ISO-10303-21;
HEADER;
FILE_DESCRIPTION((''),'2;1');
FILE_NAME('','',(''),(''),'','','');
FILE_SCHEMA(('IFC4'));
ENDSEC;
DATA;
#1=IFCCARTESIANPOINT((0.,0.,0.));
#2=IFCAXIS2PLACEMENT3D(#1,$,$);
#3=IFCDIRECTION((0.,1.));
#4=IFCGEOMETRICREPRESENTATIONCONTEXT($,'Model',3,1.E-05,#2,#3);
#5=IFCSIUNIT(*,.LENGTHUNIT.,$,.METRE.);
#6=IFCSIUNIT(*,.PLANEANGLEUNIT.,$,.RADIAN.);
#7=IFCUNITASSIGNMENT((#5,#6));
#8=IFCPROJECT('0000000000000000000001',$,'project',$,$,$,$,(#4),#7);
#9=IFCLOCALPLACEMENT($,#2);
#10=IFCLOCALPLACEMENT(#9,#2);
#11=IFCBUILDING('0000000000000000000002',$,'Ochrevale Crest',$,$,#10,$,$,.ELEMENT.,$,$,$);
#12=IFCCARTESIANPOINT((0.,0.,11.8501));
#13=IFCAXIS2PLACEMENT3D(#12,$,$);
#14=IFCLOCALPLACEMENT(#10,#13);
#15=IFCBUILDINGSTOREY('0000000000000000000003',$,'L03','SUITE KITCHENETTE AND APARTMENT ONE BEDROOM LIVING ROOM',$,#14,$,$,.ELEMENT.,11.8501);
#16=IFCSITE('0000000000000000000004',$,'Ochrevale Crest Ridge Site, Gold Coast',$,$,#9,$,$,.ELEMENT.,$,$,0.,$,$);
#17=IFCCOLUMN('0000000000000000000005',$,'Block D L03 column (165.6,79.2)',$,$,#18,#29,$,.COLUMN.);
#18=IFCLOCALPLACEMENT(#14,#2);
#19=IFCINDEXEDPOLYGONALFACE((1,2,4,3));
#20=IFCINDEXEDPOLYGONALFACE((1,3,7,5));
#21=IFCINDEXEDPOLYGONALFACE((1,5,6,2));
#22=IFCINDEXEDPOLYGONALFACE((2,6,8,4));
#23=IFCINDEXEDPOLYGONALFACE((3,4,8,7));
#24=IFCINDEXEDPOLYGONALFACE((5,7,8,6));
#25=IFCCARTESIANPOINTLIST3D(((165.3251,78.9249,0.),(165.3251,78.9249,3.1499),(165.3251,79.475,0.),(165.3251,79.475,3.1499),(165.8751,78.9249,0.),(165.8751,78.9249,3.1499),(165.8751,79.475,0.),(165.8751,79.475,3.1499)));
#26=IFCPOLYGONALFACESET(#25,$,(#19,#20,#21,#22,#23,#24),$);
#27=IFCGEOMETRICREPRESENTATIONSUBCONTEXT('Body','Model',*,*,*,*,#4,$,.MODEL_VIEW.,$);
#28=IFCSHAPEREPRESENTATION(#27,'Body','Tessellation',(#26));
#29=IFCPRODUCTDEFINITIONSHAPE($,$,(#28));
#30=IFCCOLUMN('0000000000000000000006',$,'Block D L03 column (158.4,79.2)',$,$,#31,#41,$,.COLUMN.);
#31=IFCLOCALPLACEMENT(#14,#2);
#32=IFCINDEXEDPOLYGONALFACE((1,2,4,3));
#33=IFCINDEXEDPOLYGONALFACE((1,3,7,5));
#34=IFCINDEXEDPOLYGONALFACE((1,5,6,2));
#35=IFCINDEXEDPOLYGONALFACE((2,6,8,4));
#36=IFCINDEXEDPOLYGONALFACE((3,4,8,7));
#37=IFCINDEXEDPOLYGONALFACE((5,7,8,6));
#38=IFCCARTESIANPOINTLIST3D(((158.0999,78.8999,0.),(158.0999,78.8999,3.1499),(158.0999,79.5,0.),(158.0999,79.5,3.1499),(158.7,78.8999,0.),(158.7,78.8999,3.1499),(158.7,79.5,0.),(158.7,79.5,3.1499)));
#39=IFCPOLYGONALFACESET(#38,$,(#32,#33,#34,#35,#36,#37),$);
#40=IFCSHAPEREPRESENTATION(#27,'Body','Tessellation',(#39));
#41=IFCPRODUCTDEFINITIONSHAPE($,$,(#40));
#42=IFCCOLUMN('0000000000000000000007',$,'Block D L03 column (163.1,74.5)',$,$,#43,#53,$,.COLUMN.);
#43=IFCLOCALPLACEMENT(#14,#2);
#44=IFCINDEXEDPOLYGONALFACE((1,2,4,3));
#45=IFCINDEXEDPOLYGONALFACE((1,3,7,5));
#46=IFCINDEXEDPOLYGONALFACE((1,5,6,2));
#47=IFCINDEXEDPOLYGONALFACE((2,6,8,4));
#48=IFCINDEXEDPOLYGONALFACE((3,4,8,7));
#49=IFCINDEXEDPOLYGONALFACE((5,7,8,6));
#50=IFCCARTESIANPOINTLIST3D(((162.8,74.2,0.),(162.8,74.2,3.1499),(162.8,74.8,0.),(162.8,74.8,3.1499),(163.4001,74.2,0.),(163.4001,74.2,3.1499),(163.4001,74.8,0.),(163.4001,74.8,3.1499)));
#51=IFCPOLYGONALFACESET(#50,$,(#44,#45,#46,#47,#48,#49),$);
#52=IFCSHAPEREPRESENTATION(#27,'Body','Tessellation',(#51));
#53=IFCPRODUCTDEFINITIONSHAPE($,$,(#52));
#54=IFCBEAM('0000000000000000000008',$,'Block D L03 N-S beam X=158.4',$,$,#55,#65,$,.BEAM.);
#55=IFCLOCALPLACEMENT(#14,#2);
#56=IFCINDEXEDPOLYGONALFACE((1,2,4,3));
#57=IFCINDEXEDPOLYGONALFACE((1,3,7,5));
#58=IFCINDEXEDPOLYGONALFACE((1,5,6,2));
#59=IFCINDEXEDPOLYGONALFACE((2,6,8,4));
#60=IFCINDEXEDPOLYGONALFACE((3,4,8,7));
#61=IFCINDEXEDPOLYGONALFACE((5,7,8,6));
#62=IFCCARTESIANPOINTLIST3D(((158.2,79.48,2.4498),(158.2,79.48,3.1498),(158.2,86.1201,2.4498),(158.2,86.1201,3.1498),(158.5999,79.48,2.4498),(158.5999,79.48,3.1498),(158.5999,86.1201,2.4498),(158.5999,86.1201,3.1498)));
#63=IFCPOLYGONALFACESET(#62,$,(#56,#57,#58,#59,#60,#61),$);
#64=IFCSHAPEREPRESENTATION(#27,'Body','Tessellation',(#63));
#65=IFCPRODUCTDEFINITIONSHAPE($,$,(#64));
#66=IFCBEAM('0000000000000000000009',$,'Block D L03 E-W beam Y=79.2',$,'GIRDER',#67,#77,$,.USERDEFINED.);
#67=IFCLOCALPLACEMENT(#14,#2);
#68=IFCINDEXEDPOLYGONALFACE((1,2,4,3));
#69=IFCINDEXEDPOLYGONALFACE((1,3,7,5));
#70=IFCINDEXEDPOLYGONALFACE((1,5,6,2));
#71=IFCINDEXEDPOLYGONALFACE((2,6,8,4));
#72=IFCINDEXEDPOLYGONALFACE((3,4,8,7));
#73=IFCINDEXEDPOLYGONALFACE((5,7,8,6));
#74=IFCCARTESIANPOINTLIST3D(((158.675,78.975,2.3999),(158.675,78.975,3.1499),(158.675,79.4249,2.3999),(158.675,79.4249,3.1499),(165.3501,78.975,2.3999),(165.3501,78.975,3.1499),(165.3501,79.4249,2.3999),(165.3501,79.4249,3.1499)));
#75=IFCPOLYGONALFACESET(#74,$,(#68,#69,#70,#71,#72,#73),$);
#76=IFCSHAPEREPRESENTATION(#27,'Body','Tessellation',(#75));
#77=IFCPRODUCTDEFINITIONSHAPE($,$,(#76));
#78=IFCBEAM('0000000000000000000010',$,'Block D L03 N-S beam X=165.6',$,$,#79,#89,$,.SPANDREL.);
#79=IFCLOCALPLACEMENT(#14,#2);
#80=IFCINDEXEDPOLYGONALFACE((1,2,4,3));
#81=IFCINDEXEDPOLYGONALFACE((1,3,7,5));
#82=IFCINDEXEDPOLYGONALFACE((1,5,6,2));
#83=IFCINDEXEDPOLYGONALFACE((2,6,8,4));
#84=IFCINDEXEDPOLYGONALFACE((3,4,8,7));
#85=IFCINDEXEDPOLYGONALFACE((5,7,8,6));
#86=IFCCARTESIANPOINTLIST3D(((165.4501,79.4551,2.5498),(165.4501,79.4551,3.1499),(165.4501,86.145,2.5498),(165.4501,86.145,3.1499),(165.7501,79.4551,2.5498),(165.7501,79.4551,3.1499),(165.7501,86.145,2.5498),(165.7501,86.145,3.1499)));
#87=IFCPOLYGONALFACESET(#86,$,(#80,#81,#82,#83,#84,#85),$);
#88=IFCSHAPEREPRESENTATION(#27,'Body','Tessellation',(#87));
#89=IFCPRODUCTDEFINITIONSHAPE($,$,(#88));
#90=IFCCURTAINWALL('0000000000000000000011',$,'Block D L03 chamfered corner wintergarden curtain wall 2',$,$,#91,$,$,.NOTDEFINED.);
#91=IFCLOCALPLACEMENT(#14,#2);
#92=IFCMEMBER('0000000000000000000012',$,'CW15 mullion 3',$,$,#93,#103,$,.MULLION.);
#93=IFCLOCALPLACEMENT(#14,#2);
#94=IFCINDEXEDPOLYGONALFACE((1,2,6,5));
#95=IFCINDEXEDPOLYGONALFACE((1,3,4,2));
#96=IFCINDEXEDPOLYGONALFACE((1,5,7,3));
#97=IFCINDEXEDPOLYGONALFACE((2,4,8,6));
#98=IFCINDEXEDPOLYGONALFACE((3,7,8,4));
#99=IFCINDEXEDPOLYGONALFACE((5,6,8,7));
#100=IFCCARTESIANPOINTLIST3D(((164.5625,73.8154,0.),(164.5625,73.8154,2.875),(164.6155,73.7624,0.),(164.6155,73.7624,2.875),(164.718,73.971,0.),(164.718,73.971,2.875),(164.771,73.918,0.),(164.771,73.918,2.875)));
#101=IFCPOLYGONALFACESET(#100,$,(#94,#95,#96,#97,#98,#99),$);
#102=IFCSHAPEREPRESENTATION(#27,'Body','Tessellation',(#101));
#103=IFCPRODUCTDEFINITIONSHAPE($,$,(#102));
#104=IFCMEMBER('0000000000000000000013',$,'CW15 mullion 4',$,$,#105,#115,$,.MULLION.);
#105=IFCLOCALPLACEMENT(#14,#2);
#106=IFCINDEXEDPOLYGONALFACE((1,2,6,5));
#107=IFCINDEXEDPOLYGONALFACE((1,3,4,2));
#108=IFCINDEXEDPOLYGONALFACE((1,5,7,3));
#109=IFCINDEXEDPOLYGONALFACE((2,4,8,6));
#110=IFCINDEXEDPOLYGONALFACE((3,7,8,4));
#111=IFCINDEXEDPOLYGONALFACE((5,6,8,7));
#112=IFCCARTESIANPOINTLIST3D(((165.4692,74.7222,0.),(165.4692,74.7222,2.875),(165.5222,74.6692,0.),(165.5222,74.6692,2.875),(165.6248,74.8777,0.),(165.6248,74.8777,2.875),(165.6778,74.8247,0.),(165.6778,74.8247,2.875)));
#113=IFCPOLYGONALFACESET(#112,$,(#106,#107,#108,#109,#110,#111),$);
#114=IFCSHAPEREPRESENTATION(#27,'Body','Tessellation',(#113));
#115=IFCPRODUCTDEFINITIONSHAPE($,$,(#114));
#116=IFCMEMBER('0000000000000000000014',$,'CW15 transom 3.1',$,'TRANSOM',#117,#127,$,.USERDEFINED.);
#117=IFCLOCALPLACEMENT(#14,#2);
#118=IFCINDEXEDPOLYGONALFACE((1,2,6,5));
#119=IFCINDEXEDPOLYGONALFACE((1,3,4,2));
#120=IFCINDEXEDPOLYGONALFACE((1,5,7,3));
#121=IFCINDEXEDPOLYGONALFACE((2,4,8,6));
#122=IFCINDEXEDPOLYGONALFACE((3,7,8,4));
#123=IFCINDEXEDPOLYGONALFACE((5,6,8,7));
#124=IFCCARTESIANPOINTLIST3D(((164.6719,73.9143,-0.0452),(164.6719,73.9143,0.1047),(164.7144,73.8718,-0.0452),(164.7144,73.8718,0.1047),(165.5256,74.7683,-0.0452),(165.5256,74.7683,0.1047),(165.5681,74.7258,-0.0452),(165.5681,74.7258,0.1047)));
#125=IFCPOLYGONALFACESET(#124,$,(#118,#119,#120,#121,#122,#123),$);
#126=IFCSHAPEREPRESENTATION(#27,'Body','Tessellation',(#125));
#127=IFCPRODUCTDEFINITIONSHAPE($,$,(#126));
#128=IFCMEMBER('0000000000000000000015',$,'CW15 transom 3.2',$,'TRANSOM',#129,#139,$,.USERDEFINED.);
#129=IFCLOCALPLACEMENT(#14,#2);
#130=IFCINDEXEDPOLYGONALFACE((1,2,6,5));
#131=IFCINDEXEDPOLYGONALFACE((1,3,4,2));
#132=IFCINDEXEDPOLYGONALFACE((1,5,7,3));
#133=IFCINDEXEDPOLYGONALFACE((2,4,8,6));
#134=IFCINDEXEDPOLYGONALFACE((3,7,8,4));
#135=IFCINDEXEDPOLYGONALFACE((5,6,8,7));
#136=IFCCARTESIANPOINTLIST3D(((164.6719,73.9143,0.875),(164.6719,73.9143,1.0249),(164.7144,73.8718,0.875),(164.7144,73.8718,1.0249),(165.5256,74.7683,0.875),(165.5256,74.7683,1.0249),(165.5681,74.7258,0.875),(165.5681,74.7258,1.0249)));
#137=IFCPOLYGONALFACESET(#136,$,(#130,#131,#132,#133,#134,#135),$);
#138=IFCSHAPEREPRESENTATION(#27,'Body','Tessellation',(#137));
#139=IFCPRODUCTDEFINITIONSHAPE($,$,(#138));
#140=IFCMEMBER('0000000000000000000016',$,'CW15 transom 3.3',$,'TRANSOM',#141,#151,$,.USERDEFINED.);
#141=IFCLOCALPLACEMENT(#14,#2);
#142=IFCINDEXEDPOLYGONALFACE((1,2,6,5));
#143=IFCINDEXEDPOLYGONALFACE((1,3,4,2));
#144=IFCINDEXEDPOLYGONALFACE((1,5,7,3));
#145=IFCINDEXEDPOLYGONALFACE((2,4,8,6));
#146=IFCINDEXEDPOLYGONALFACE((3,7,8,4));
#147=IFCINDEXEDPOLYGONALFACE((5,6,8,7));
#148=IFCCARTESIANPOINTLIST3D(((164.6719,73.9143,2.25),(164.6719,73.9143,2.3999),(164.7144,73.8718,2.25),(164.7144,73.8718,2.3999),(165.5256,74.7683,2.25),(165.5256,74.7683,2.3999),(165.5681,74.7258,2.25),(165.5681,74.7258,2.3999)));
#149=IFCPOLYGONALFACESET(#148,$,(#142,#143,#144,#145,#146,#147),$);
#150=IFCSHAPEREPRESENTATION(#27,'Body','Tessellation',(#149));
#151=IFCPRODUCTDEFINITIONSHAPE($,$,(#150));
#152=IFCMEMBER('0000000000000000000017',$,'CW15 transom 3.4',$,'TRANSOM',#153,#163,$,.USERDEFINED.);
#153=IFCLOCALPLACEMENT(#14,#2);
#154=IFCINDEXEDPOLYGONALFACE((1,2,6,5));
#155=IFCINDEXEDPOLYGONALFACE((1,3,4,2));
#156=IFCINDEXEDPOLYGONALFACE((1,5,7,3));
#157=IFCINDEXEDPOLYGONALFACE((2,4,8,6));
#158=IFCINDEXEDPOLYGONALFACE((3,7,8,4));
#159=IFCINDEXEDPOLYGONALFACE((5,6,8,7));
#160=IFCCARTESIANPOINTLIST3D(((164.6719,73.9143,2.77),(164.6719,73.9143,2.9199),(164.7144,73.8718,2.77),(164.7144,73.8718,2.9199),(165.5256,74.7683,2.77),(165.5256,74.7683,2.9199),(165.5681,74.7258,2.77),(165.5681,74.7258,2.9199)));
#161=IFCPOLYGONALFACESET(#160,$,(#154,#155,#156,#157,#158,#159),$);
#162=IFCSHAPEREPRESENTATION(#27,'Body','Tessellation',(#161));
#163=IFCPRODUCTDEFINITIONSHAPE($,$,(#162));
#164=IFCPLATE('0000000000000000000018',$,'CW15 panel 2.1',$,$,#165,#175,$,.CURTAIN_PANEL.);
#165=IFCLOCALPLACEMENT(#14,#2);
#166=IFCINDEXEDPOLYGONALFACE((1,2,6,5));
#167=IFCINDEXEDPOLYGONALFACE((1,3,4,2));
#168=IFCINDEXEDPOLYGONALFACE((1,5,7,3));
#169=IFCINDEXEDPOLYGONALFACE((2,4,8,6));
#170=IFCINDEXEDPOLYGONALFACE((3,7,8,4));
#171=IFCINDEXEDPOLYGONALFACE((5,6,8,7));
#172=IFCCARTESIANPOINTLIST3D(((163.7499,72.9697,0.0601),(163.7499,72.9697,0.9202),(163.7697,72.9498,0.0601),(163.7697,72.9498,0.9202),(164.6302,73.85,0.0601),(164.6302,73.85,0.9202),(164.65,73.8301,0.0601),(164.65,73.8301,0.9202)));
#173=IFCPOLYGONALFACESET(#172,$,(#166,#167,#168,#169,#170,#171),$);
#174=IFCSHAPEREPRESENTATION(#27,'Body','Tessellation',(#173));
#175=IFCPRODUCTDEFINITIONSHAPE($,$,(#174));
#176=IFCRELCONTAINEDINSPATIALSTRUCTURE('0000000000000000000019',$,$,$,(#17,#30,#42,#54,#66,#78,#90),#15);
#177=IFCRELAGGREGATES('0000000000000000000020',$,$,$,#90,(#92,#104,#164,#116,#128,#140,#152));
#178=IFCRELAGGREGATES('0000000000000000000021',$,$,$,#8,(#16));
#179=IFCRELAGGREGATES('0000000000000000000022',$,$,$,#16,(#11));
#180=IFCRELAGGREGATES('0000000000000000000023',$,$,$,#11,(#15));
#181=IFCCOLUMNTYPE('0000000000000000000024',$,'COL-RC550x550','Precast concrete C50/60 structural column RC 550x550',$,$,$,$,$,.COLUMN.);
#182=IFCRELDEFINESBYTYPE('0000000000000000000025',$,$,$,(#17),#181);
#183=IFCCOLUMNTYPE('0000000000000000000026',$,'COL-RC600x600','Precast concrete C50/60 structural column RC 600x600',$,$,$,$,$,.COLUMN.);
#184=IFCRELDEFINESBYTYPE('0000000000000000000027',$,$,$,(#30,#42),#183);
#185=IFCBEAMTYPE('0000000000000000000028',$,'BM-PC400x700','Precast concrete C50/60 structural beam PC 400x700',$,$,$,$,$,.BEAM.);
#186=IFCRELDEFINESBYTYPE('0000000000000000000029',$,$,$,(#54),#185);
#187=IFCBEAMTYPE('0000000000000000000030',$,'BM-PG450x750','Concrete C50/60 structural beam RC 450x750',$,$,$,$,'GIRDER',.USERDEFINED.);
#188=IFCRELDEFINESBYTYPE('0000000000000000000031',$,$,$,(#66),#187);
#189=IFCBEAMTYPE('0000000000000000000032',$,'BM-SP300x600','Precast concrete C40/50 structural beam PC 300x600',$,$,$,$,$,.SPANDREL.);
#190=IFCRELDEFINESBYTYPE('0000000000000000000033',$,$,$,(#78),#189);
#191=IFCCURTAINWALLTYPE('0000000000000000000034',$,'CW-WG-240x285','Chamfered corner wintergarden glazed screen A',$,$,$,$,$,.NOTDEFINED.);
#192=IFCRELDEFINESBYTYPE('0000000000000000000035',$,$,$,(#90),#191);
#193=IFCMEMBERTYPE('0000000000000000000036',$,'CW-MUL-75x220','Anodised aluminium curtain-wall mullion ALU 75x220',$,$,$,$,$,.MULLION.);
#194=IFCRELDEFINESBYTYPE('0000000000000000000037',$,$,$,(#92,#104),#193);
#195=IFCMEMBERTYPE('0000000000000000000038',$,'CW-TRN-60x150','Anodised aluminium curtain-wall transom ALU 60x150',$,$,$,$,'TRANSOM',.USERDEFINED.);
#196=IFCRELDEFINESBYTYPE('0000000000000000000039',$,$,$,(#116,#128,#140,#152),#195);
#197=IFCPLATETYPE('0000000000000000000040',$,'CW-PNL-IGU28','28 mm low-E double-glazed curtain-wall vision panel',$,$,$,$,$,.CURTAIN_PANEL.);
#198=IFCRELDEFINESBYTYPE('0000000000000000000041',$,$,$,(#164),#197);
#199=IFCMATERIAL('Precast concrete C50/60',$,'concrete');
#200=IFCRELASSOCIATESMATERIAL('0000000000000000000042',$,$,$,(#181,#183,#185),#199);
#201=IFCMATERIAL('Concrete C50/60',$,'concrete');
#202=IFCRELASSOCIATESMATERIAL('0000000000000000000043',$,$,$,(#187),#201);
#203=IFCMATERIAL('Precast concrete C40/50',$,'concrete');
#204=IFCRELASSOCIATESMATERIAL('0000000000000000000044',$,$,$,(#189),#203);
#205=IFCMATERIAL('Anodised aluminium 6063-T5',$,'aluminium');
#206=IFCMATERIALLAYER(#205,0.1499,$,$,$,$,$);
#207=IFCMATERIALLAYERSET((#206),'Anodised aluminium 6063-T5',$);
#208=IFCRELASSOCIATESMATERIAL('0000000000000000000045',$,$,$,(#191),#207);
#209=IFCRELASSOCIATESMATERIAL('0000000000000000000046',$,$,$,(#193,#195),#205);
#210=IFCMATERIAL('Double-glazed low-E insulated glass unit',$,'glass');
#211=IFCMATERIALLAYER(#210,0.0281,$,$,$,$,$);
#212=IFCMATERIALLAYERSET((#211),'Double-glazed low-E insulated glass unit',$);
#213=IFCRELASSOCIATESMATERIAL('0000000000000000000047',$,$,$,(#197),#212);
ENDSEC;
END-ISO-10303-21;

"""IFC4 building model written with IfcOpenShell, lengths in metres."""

from ifc_helpers import new_model, si_unit, direction, frame, origin, origin_2d, place, context, subcontext, project, spatial, rectangle, extrude, material, layer, layer_set, material_profile, profile_set, type_object, element, aggregate, save


model = new_model("IFC4")

# Units and contexts
model_context = context("Model", 3, precision=1e-05, world=origin(), true_north=direction((0.0, 1.0)))
body_context = subcontext(model_context, "Body", "Model", "MODEL_VIEW")
ifc_project = project(units=[si_unit("LENGTHUNIT", "METRE"), si_unit("PLANEANGLEUNIT", "RADIAN")], contexts=[model_context])

# Site, building, storey
site_placement = place(None, origin())
site = spatial("IfcSite", under=ifc_project, at=site_placement, Name="Ochrevale Crest Ridge Site, Gold Coast", CompositionType="ELEMENT", RefElevation=0.0)
building_placement = place(site_placement, origin())
building = spatial("IfcBuilding", under=site, at=building_placement, Name="Ochrevale Crest", CompositionType="ELEMENT")
storey_placement = place(building_placement, frame((0.0, 0.0, 11.8501)))
storey = spatial("IfcBuildingStorey", under=building, at=storey_placement, Name="L03", Description="SUITE KITCHENETTE AND APARTMENT ONE BEDROOM LIVING ROOM", CompositionType="ELEMENT", Elevation=11.8501)

# Columns
ifc_material_1 = material(Name="Precast concrete C50/60", Category="concrete")
ifc_material_profile_1 = material_profile(ifc_material_1, rectangle(XDim=0.55, YDim=0.55, at=origin_2d()), Name="RC 550x550")
ifc_profile_set_1 = profile_set([ifc_material_profile_1], Name="Precast concrete C50/60")
column_type_1 = type_object("IfcColumnType", Name="COL-RC550x550", Description="Precast concrete C50/60 structural column RC 550x550", PredefinedType="COLUMN", material=ifc_profile_set_1)
column_placement = place(storey_placement, frame((165.6001, 79.2, 0.0), z_axis=(0.0, 0.0, 1.0), x_axis=(1.0, 0.0, 0.0)))
element("IfcColumn", 1, at=column_placement, inside=storey, type_object=column_type_1, Name="Block D L03 column (165.6,79.2)", PredefinedType="COLUMN", context=body_context, shape_type="SweptSolid", body=[
    extrude(rectangle(XDim=0.55, YDim=0.55, at=origin_2d()), origin(), (0.0, 0.0, 1.0), 3.1499),
])
ifc_material_profile_2 = material_profile(ifc_material_1, rectangle(XDim=0.6001, YDim=0.6001, at=origin_2d()), Name="RC 600x600")
ifc_profile_set_2 = profile_set([ifc_material_profile_2], Name="Precast concrete C50/60")
column_type_2 = type_object("IfcColumnType", Name="COL-RC600x600", Description="Precast concrete C50/60 structural column RC 600x600", PredefinedType="COLUMN", material=ifc_profile_set_2)
for number, where, z_axis, x_axis, name in (
    (2, (158.3999, 79.2, 0.0), (0.0, 0.0, 1.0), (1.0, 0.0, 0.0), "Block D L03 column (158.4,79.2)"),
    (3, (163.1001, 74.5, 0.0), (0.0, 0.0, 1.0), (1.0, 0.0, 0.0), "Block D L03 column (163.1,74.5)"),
):
    element("IfcColumn", number, at=place(storey_placement, frame(where, z_axis=z_axis, x_axis=x_axis)), inside=storey, type_object=column_type_2, Name=name, PredefinedType="COLUMN", context=body_context, shape_type="SweptSolid", body=[
        extrude(rectangle(XDim=0.6001, YDim=0.6001, at=origin_2d()), origin(), (0.0, 0.0, 1.0), 3.1499),
    ])

# Beams
ifc_material_profile_3 = material_profile(ifc_material_1, rectangle(XDim=0.3999, YDim=0.7, at=origin_2d()), Name="PC 400x700")
ifc_profile_set_3 = profile_set([ifc_material_profile_3], Name="Precast concrete C50/60")
beam_type_1 = type_object("IfcBeamType", Name="BM-PC400x700", Description="Precast concrete C50/60 structural beam PC 400x700", PredefinedType="BEAM", material=ifc_profile_set_3)
beam_1_placement = place(storey_placement, frame((158.3999, 79.48, 2.7998), z_axis=(0.0, 1.0, 0.0), x_axis=(-1.0, 0.0, 0.0)))
element("IfcBeam", 4, at=beam_1_placement, inside=storey, type_object=beam_type_1, Name="Block D L03 N-S beam X=158.4", PredefinedType="BEAM", context=body_context, shape_type="SweptSolid", body=[
    extrude(rectangle(XDim=0.3999, YDim=0.7, at=origin_2d()), origin(), (0.0, 0.0, 1.0), 6.6401),
])
ifc_material_2 = material(Name="Concrete C50/60", Category="concrete")
ifc_material_profile_4 = material_profile(ifc_material_2, rectangle(XDim=0.45, YDim=0.75, at=origin_2d()), Name="RC 450x750")
ifc_profile_set_4 = profile_set([ifc_material_profile_4], Name="Concrete C50/60")
beam_type_2 = type_object("IfcBeamType", Name="BM-PG450x750", Description="Concrete C50/60 structural beam RC 450x750", ElementType="GIRDER", PredefinedType="USERDEFINED", material=ifc_profile_set_4)
beam_2_placement = place(storey_placement, frame((158.675, 79.2, 2.7749), z_axis=(1.0, 0.0, 0.0), x_axis=(0.0, 1.0, 0.0)))
element("IfcBeam", 5, at=beam_2_placement, inside=storey, type_object=beam_type_2, Name="Block D L03 E-W beam Y=79.2", ObjectType="GIRDER", PredefinedType="USERDEFINED", context=body_context, shape_type="SweptSolid", body=[
    extrude(rectangle(XDim=0.45, YDim=0.75, at=origin_2d()), origin(), (0.0, 0.0, 1.0), 6.675),
])
ifc_material_3 = material(Name="Precast concrete C40/50", Category="concrete")
ifc_material_profile_5 = material_profile(ifc_material_3, rectangle(XDim=0.3, YDim=0.6001, at=origin_2d()), Name="PC 300x600")
ifc_profile_set_5 = profile_set([ifc_material_profile_5], Name="Precast concrete C40/50")
beam_type_3 = type_object("IfcBeamType", Name="BM-SP300x600", Description="Precast concrete C40/50 structural beam PC 300x600", PredefinedType="SPANDREL", material=ifc_profile_set_5)
beam_3_placement = place(storey_placement, frame((165.6001, 79.4551, 2.8499), z_axis=(0.0, 1.0, 0.0), x_axis=(-1.0, 0.0, 0.0)))
element("IfcBeam", 6, at=beam_3_placement, inside=storey, type_object=beam_type_3, Name="Block D L03 N-S beam X=165.6", PredefinedType="SPANDREL", context=body_context, shape_type="SweptSolid", body=[
    extrude(rectangle(XDim=0.3, YDim=0.6001, at=origin_2d()), origin(), (0.0, 0.0, 1.0), 6.6899),
])

# Curtain wall, members, plate
ifc_material_4 = material(Name="Anodised aluminium 6063-T5", Category="aluminium")
ifc_layer_1 = layer(ifc_material_4, 0.1499)
ifc_layer_set_1 = layer_set([ifc_layer_1], Name="Anodised aluminium 6063-T5")
curtain_wall_type = type_object("IfcCurtainWallType", Name="CW-WG-240x285", Description="Chamfered corner wintergarden glazed screen A", PredefinedType="NOTDEFINED", material=ifc_layer_set_1)
curtain_wall_placement = place(storey_placement, origin())
curtain_wall = element("IfcCurtainWall", 7, at=curtain_wall_placement, inside=storey, type_object=curtain_wall_type, Name="Block D L03 chamfered corner wintergarden curtain wall 2", PredefinedType="NOTDEFINED")
ifc_material_profile_6 = material_profile(ifc_material_4, rectangle(XDim=0.075, YDim=0.22, at=origin_2d()), Name="ALU 75x220")
ifc_profile_set_6 = profile_set([ifc_material_profile_6], Name="Anodised aluminium 6063-T5")
member_type_1 = type_object("IfcMemberType", Name="CW-MUL-75x220", Description="Anodised aluminium curtain-wall mullion ALU 75x220", PredefinedType="MULLION", material=ifc_profile_set_6)
member_1_placement = place(storey_placement, frame((164.6667, 73.8667, 0.0), z_axis=(0.0, 0.0, 1.0), x_axis=(-0.707107, 0.707107, 0.0)))
member_1 = element("IfcMember", 8, at=member_1_placement, type_object=member_type_1, Name="CW15 mullion 3", PredefinedType="MULLION", context=body_context, shape_type="SweptSolid", body=[
    extrude(rectangle(XDim=0.075, YDim=0.22, at=origin_2d()), origin(), (0.0, 0.0, 1.0), 2.875),
])
member_2_placement = place(storey_placement, frame((165.5735, 74.7734, 0.0), z_axis=(0.0, 0.0, 1.0), x_axis=(-0.707107, 0.707107, 0.0)))
member_2 = element("IfcMember", 9, at=member_2_placement, type_object=member_type_1, Name="CW15 mullion 4", PredefinedType="MULLION", context=body_context, shape_type="SweptSolid", body=[
    extrude(rectangle(XDim=0.075, YDim=0.22, at=origin_2d()), origin(), (0.0, 0.0, 1.0), 2.875),
])
ifc_material_profile_7 = material_profile(ifc_material_4, rectangle(XDim=0.0601, YDim=0.1499, at=origin_2d()), Name="ALU 60x150")
ifc_profile_set_7 = profile_set([ifc_material_profile_7], Name="Anodised aluminium 6063-T5")
member_type_2 = type_object("IfcMemberType", Name="CW-TRN-60x150", Description="Anodised aluminium curtain-wall transom ALU 60x150", ElementType="TRANSOM", PredefinedType="USERDEFINED", material=ifc_profile_set_7)
member_3_placement = place(storey_placement, frame((164.6931, 73.8931, 0.0298), z_axis=(0.707006, 0.707208, 0.0), x_axis=(-0.707208, 0.707006, 0.0)))
member_3 = element("IfcMember", 10, at=member_3_placement, type_object=member_type_2, Name="CW15 transom 3.1", ObjectType="TRANSOM", PredefinedType="USERDEFINED", context=body_context, shape_type="SweptSolid", body=[
    extrude(rectangle(XDim=0.0601, YDim=0.1499, at=origin_2d()), origin(), (0.0, 0.0, 1.0), 1.2075),
])
member_4_placement = place(storey_placement, frame((164.6931, 73.8931, 0.95), z_axis=(0.707006, 0.707208, 0.0), x_axis=(-0.707208, 0.707006, 0.0)))
member_4 = element("IfcMember", 11, at=member_4_placement, type_object=member_type_2, Name="CW15 transom 3.2", ObjectType="TRANSOM", PredefinedType="USERDEFINED", context=body_context, shape_type="SweptSolid", body=[
    extrude(rectangle(XDim=0.0601, YDim=0.1499, at=origin_2d()), origin(), (0.0, 0.0, 1.0), 1.2075),
])
member_5_placement = place(storey_placement, frame((164.6931, 73.8931, 2.325), z_axis=(0.707006, 0.707208, 0.0), x_axis=(-0.707208, 0.707006, 0.0)))
member_5 = element("IfcMember", 12, at=member_5_placement, type_object=member_type_2, Name="CW15 transom 3.3", ObjectType="TRANSOM", PredefinedType="USERDEFINED", context=body_context, shape_type="SweptSolid", body=[
    extrude(rectangle(XDim=0.0601, YDim=0.1499, at=origin_2d()), origin(), (0.0, 0.0, 1.0), 1.2075),
])
member_6_placement = place(storey_placement, frame((164.6931, 73.8931, 2.845), z_axis=(0.707006, 0.707208, 0.0), x_axis=(-0.707208, 0.707006, 0.0)))
member_6 = element("IfcMember", 13, at=member_6_placement, type_object=member_type_2, Name="CW15 transom 3.4", ObjectType="TRANSOM", PredefinedType="USERDEFINED", context=body_context, shape_type="SweptSolid", body=[
    extrude(rectangle(XDim=0.0601, YDim=0.1499, at=origin_2d()), origin(), (0.0, 0.0, 1.0), 1.2075),
])
ifc_material_5 = material(Name="Double-glazed low-E insulated glass unit", Category="glass")
ifc_layer_2 = layer(ifc_material_5, 0.0281)
ifc_layer_set_2 = layer_set([ifc_layer_2], Name="Double-glazed low-E insulated glass unit")
plate_type = type_object("IfcPlateType", Name="CW-PNL-IGU28", Description="28 mm low-E double-glazed curtain-wall vision panel", PredefinedType="CURTAIN_PANEL", material=ifc_layer_set_2)
plate_1_placement = place(storey_placement, frame((164.2, 73.3999, 0.0601), z_axis=(0.0, 0.0, 1.0), x_axis=(0.707107, 0.707107, 0.0)))
plate_1 = element("IfcPlate", 14, at=plate_1_placement, type_object=plate_type, Name="CW15 panel 2.1", PredefinedType="CURTAIN_PANEL", context=body_context, shape_type="SweptSolid", body=[
    extrude(rectangle(XDim=1.2449, YDim=0.0281, at=origin_2d()), origin(), (0.0, 0.0, 1.0), 0.8601),
])
aggregate(curtain_wall, [member_1, member_2, plate_1, member_3, member_4, member_5, member_6])

save(model, "model.ifc")
